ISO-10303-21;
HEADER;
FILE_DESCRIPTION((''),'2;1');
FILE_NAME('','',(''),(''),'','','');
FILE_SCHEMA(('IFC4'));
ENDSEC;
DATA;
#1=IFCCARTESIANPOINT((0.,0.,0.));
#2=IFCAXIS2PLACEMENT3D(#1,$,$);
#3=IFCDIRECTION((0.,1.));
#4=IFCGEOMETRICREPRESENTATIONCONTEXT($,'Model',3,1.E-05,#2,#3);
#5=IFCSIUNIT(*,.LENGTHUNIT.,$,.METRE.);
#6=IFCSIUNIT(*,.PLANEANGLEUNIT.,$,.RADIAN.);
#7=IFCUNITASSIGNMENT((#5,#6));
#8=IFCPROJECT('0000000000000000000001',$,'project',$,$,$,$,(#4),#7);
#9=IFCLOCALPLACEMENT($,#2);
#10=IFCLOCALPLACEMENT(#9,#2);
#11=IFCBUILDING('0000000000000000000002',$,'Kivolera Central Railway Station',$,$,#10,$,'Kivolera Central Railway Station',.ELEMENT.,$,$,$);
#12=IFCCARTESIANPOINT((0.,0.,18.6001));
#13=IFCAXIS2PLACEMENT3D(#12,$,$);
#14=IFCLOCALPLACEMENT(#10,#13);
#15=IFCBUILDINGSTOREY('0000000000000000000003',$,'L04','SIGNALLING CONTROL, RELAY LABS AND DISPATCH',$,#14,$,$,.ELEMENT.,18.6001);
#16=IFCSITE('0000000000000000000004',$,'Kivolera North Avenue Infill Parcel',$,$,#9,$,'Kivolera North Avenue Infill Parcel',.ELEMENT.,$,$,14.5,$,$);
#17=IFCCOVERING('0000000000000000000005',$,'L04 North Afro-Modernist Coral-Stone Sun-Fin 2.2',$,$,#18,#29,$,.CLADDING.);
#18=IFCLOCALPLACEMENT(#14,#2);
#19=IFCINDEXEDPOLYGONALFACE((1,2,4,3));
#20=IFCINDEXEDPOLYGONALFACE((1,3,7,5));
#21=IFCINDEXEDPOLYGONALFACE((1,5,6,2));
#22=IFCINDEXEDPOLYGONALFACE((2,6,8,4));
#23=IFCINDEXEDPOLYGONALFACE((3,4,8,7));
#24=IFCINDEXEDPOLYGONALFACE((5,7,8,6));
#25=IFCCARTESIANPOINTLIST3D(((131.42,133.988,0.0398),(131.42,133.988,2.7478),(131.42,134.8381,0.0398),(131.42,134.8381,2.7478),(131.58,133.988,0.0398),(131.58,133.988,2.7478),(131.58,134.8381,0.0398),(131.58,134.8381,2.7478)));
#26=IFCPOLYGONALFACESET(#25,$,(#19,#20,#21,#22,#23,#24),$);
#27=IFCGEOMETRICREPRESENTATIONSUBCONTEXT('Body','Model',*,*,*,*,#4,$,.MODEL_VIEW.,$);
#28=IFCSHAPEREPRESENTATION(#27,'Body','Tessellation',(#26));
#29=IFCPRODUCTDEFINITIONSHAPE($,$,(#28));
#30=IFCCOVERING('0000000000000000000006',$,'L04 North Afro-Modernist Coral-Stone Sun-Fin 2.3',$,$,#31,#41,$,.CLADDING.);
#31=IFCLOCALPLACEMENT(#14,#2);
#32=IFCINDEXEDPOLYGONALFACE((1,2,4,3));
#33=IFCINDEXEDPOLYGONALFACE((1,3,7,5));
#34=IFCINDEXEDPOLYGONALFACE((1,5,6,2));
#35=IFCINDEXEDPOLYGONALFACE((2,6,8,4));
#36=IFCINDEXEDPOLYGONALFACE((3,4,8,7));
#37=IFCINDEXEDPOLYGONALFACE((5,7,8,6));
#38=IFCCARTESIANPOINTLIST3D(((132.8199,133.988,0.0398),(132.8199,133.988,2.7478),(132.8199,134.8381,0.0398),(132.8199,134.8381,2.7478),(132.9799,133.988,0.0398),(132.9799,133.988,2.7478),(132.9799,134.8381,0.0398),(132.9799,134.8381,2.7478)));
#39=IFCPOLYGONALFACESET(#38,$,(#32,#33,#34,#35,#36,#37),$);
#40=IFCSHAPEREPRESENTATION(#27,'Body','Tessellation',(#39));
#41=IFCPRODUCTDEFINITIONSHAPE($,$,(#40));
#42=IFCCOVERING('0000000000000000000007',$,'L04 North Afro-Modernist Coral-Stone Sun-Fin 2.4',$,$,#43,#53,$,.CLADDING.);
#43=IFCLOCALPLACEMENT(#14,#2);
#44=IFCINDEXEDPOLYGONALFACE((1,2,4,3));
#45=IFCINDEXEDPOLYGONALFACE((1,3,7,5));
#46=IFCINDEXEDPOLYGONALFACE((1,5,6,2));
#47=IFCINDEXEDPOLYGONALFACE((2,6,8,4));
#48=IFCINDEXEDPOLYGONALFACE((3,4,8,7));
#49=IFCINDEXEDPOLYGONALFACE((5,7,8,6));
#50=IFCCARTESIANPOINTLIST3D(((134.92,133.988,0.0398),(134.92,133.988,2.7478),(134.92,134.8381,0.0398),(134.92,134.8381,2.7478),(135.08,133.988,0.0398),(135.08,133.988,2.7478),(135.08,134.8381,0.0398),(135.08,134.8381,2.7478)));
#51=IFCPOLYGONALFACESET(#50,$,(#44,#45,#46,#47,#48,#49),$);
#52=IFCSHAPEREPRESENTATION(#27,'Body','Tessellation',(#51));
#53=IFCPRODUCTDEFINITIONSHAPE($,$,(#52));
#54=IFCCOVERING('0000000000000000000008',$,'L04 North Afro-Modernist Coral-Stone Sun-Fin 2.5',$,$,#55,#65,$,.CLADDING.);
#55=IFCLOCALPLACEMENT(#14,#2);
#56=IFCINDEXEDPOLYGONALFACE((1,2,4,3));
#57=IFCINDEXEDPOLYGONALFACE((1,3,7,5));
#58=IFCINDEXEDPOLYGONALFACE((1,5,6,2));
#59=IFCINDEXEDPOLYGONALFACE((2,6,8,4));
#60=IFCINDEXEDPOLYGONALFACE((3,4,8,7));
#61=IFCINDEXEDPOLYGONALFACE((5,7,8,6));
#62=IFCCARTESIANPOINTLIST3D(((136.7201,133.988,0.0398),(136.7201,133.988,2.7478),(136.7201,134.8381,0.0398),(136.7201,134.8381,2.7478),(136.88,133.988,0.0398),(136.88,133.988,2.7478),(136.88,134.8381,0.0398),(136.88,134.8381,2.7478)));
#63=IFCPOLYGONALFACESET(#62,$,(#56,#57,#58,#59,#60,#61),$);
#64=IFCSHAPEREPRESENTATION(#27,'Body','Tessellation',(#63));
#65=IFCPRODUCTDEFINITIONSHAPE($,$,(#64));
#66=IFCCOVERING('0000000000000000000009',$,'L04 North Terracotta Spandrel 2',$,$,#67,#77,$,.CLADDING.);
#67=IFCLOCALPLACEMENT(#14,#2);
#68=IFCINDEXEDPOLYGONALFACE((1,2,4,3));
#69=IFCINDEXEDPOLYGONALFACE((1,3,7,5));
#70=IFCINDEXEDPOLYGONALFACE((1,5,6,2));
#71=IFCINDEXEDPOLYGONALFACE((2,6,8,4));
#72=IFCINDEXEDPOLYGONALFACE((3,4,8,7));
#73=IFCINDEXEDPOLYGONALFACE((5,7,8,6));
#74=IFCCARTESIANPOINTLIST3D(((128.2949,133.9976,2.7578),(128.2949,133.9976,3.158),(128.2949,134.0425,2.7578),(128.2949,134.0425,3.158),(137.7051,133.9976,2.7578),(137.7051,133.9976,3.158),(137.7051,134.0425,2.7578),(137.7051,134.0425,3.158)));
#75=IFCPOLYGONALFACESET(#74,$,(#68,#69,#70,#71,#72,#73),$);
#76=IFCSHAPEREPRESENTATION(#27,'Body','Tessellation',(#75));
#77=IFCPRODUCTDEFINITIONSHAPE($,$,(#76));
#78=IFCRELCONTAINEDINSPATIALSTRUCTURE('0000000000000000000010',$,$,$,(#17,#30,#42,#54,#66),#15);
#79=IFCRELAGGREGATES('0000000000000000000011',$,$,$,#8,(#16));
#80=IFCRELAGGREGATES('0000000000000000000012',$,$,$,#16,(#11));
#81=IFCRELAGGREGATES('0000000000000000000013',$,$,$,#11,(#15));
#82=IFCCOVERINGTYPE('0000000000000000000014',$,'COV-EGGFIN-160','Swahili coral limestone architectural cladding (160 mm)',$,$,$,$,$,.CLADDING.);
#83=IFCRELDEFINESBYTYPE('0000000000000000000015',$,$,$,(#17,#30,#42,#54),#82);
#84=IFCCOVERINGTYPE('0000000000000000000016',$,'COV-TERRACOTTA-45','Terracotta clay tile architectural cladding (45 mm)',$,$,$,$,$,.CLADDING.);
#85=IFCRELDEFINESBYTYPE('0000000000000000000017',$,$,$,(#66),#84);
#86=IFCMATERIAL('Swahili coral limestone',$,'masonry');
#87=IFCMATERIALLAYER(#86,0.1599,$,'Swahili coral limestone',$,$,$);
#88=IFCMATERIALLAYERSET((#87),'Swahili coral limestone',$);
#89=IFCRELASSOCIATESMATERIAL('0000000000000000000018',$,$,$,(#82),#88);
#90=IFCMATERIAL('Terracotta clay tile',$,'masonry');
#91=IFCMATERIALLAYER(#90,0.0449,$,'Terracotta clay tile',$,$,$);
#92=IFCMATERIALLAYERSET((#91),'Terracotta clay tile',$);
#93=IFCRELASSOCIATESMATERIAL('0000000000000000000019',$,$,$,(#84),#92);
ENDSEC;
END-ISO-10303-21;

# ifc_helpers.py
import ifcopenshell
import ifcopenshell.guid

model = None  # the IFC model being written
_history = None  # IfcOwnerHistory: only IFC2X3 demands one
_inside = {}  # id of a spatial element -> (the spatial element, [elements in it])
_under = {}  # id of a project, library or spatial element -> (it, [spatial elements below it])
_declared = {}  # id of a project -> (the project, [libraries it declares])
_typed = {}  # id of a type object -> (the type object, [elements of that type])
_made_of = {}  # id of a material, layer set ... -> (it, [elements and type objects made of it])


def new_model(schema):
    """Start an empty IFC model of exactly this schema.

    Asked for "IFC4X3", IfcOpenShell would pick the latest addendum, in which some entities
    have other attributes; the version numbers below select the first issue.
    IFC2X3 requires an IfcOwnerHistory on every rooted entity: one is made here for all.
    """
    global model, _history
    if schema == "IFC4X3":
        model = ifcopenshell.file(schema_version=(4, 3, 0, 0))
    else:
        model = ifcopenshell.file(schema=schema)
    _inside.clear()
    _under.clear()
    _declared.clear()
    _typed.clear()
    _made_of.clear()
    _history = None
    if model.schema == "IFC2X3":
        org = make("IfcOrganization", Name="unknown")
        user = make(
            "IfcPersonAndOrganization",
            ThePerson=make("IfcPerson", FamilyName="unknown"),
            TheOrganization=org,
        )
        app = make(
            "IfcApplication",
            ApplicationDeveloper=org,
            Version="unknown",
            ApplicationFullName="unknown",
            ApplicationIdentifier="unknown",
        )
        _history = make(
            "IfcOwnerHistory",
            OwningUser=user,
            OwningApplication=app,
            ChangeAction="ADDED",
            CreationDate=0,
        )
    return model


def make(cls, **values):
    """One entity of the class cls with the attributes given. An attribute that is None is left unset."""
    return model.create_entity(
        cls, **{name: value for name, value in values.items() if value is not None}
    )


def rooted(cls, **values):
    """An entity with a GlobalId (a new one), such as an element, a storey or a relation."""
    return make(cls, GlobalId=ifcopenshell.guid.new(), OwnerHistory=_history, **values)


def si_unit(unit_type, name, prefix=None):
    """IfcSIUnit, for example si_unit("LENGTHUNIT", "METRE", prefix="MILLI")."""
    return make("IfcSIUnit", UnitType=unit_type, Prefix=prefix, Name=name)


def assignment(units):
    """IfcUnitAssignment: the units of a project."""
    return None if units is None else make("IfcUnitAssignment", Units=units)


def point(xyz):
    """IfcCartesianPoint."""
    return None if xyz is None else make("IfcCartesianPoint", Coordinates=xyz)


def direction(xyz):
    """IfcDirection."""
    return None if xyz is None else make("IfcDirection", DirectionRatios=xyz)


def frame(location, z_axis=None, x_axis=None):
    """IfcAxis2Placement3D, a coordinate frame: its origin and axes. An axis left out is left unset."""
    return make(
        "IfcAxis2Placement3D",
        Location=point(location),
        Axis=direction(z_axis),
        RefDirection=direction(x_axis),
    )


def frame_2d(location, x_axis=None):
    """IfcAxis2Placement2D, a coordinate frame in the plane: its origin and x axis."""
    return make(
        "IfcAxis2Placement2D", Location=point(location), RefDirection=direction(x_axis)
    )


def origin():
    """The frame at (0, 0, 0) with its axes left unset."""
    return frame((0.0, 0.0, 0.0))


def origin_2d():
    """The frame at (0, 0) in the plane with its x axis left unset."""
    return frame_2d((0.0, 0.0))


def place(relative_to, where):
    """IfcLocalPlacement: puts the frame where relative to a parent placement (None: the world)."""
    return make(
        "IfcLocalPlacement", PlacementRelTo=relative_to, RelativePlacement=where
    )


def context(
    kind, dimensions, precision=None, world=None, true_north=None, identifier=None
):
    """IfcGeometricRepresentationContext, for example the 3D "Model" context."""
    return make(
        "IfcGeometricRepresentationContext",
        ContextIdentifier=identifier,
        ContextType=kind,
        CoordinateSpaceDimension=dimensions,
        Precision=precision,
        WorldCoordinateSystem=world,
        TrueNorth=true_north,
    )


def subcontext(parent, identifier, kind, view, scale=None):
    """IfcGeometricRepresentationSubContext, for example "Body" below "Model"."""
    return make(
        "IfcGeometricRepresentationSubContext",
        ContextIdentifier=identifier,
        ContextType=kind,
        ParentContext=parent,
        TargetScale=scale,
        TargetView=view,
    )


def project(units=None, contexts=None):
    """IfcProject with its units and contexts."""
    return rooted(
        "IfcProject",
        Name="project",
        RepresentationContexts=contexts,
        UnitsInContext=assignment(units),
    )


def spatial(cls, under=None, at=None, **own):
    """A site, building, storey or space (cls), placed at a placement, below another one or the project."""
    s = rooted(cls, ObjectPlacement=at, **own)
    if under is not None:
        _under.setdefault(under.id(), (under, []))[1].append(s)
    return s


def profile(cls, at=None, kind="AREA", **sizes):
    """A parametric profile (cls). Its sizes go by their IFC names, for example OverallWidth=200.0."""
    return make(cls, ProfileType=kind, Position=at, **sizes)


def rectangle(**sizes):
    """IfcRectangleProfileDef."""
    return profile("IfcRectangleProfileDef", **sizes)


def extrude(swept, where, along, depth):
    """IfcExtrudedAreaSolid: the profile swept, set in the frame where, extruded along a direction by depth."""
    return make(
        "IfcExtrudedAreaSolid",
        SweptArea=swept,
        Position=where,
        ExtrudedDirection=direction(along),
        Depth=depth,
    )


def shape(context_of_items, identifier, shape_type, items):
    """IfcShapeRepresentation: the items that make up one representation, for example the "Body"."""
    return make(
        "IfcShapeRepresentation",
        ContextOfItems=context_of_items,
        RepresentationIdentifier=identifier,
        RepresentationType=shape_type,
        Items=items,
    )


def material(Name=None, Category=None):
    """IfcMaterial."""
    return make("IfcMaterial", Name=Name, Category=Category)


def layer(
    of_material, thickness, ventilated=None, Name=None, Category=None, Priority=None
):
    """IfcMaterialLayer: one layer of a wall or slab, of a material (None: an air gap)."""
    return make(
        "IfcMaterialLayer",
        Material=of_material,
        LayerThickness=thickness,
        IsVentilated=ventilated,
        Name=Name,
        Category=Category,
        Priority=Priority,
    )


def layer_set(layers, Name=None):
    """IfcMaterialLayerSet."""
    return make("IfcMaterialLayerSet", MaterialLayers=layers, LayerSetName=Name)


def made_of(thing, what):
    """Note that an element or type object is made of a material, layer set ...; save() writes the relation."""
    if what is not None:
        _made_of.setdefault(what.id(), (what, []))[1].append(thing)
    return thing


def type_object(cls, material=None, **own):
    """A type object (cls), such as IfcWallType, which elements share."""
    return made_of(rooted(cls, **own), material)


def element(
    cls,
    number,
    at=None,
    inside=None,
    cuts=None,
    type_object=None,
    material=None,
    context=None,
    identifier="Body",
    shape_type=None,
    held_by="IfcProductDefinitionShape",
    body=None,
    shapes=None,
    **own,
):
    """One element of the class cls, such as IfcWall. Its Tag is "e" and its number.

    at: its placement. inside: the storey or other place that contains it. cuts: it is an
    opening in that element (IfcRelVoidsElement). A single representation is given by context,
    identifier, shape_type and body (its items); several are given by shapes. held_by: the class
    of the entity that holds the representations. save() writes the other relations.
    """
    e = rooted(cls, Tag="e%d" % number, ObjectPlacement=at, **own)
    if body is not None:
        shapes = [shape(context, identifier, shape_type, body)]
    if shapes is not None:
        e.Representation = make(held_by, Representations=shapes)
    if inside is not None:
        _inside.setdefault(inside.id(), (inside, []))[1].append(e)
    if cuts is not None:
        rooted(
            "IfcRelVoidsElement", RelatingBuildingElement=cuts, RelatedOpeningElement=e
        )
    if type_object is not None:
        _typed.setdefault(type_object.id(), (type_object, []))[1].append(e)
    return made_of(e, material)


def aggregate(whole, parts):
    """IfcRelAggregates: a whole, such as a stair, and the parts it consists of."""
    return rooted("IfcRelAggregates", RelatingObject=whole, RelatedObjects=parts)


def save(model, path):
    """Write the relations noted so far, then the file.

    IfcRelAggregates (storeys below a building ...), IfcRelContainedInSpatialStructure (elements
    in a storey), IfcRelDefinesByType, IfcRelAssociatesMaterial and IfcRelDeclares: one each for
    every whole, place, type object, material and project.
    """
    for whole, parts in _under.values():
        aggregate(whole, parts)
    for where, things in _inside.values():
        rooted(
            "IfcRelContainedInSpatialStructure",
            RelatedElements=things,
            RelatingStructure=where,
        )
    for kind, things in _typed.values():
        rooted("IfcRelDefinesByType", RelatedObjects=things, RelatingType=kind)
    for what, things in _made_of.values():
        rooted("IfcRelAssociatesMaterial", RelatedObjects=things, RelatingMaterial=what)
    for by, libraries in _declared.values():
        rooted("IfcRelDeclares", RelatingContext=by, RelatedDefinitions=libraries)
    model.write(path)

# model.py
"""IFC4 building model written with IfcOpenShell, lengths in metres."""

from ifc_helpers import new_model, si_unit, direction, frame, frame_2d, origin, origin_2d, place, context, subcontext, project, spatial, rectangle, extrude, material, layer, layer_set, type_object, element, save


model = new_model("IFC4")

# Units and contexts
model_context = context("Model", 3, precision=1e-05, world=origin(), true_north=direction((0.0, 1.0)))
body_context = subcontext(model_context, "Body", "Model", "MODEL_VIEW")
ifc_project = project(units=[si_unit("LENGTHUNIT", "METRE"), si_unit("PLANEANGLEUNIT", "RADIAN")], contexts=[model_context])

# Site, building, storey
site_placement = place(None, origin())
site = spatial("IfcSite", under=ifc_project, at=site_placement, Name="Kivolera North Avenue Infill Parcel", LongName="Kivolera North Avenue Infill Parcel", CompositionType="ELEMENT", RefElevation=14.5)
building_placement = place(site_placement, origin())
building = spatial("IfcBuilding", under=site, at=building_placement, Name="Kivolera Central Railway Station", LongName="Kivolera Central Railway Station", CompositionType="ELEMENT")
storey_placement = place(building_placement, frame((0.0, 0.0, 18.6001)))
storey = spatial("IfcBuildingStorey", under=building, at=storey_placement, Name="L04", Description="SIGNALLING CONTROL, RELAY LABS AND DISPATCH", CompositionType="ELEMENT", Elevation=18.6001)

# Shared definitions
ifc_material_1 = material(Name="Swahili coral limestone", Category="masonry")

# Coverings
ifc_layer_1 = layer(ifc_material_1, 0.1599, Name="Swahili coral limestone")
ifc_layer_set_1 = layer_set([ifc_layer_1], Name="Swahili coral limestone")
covering_type_1 = type_object("IfcCoveringType", Name="COV-EGGFIN-160", Description="Swahili coral limestone architectural cladding (160 mm)", PredefinedType="CLADDING", material=ifc_layer_set_1)
for number, where, z_axis, x_axis, name in (
    (1, (131.5, 134.4131, 0.0398), (0.0, 0.0, 1.0), (1.0, 0.0, 0.0), "L04 North Afro-Modernist Coral-Stone Sun-Fin 2.2"),
    (2, (132.8999, 134.4131, 0.0398), (0.0, 0.0, 1.0), (1.0, 0.0, 0.0), "L04 North Afro-Modernist Coral-Stone Sun-Fin 2.3"),
    (3, (135.0, 134.4131, 0.0398), (0.0, 0.0, 1.0), (1.0, 0.0, 0.0), "L04 North Afro-Modernist Coral-Stone Sun-Fin 2.4"),
    (4, (136.8, 134.4131, 0.0398), (0.0, 0.0, 1.0), (1.0, 0.0, 0.0), "L04 North Afro-Modernist Coral-Stone Sun-Fin 2.5"),
):
    element("IfcCovering", number, at=place(storey_placement, frame(where, z_axis=z_axis, x_axis=x_axis)), inside=storey, type_object=covering_type_1, Name=name, PredefinedType="CLADDING", context=body_context, shape_type="SweptSolid", body=[
        extrude(rectangle(XDim=0.1599, YDim=0.8501, at=origin_2d()), origin(), (0.0, 0.0, 1.0), 2.708),
    ])
ifc_material_2 = material(Name="Terracotta clay tile", Category="masonry")
ifc_layer_2 = layer(ifc_material_2, 0.0449, Name="Terracotta clay tile")
ifc_layer_set_2 = layer_set([ifc_layer_2], Name="Terracotta clay tile")
covering_type_2 = type_object("IfcCoveringType", Name="COV-TERRACOTTA-45", Description="Terracotta clay tile architectural cladding (45 mm)", PredefinedType="CLADDING", material=ifc_layer_set_2)
covering_1_placement = place(storey_placement, frame((128.2949, 134.02, 2.7578), z_axis=(0.0, 0.0, 1.0), x_axis=(1.0, 0.0, 0.0)))
element("IfcCovering", 5, at=covering_1_placement, inside=storey, type_object=covering_type_2, Name="L04 North Terracotta Spandrel 2", PredefinedType="CLADDING", context=body_context, shape_type="SweptSolid", body=[
    extrude(rectangle(XDim=9.4102, YDim=0.0449, at=frame_2d((4.7051, 0.0))), origin(), (0.0, 0.0, 1.0), 0.4001),
])

save(model, "model.ifc")
